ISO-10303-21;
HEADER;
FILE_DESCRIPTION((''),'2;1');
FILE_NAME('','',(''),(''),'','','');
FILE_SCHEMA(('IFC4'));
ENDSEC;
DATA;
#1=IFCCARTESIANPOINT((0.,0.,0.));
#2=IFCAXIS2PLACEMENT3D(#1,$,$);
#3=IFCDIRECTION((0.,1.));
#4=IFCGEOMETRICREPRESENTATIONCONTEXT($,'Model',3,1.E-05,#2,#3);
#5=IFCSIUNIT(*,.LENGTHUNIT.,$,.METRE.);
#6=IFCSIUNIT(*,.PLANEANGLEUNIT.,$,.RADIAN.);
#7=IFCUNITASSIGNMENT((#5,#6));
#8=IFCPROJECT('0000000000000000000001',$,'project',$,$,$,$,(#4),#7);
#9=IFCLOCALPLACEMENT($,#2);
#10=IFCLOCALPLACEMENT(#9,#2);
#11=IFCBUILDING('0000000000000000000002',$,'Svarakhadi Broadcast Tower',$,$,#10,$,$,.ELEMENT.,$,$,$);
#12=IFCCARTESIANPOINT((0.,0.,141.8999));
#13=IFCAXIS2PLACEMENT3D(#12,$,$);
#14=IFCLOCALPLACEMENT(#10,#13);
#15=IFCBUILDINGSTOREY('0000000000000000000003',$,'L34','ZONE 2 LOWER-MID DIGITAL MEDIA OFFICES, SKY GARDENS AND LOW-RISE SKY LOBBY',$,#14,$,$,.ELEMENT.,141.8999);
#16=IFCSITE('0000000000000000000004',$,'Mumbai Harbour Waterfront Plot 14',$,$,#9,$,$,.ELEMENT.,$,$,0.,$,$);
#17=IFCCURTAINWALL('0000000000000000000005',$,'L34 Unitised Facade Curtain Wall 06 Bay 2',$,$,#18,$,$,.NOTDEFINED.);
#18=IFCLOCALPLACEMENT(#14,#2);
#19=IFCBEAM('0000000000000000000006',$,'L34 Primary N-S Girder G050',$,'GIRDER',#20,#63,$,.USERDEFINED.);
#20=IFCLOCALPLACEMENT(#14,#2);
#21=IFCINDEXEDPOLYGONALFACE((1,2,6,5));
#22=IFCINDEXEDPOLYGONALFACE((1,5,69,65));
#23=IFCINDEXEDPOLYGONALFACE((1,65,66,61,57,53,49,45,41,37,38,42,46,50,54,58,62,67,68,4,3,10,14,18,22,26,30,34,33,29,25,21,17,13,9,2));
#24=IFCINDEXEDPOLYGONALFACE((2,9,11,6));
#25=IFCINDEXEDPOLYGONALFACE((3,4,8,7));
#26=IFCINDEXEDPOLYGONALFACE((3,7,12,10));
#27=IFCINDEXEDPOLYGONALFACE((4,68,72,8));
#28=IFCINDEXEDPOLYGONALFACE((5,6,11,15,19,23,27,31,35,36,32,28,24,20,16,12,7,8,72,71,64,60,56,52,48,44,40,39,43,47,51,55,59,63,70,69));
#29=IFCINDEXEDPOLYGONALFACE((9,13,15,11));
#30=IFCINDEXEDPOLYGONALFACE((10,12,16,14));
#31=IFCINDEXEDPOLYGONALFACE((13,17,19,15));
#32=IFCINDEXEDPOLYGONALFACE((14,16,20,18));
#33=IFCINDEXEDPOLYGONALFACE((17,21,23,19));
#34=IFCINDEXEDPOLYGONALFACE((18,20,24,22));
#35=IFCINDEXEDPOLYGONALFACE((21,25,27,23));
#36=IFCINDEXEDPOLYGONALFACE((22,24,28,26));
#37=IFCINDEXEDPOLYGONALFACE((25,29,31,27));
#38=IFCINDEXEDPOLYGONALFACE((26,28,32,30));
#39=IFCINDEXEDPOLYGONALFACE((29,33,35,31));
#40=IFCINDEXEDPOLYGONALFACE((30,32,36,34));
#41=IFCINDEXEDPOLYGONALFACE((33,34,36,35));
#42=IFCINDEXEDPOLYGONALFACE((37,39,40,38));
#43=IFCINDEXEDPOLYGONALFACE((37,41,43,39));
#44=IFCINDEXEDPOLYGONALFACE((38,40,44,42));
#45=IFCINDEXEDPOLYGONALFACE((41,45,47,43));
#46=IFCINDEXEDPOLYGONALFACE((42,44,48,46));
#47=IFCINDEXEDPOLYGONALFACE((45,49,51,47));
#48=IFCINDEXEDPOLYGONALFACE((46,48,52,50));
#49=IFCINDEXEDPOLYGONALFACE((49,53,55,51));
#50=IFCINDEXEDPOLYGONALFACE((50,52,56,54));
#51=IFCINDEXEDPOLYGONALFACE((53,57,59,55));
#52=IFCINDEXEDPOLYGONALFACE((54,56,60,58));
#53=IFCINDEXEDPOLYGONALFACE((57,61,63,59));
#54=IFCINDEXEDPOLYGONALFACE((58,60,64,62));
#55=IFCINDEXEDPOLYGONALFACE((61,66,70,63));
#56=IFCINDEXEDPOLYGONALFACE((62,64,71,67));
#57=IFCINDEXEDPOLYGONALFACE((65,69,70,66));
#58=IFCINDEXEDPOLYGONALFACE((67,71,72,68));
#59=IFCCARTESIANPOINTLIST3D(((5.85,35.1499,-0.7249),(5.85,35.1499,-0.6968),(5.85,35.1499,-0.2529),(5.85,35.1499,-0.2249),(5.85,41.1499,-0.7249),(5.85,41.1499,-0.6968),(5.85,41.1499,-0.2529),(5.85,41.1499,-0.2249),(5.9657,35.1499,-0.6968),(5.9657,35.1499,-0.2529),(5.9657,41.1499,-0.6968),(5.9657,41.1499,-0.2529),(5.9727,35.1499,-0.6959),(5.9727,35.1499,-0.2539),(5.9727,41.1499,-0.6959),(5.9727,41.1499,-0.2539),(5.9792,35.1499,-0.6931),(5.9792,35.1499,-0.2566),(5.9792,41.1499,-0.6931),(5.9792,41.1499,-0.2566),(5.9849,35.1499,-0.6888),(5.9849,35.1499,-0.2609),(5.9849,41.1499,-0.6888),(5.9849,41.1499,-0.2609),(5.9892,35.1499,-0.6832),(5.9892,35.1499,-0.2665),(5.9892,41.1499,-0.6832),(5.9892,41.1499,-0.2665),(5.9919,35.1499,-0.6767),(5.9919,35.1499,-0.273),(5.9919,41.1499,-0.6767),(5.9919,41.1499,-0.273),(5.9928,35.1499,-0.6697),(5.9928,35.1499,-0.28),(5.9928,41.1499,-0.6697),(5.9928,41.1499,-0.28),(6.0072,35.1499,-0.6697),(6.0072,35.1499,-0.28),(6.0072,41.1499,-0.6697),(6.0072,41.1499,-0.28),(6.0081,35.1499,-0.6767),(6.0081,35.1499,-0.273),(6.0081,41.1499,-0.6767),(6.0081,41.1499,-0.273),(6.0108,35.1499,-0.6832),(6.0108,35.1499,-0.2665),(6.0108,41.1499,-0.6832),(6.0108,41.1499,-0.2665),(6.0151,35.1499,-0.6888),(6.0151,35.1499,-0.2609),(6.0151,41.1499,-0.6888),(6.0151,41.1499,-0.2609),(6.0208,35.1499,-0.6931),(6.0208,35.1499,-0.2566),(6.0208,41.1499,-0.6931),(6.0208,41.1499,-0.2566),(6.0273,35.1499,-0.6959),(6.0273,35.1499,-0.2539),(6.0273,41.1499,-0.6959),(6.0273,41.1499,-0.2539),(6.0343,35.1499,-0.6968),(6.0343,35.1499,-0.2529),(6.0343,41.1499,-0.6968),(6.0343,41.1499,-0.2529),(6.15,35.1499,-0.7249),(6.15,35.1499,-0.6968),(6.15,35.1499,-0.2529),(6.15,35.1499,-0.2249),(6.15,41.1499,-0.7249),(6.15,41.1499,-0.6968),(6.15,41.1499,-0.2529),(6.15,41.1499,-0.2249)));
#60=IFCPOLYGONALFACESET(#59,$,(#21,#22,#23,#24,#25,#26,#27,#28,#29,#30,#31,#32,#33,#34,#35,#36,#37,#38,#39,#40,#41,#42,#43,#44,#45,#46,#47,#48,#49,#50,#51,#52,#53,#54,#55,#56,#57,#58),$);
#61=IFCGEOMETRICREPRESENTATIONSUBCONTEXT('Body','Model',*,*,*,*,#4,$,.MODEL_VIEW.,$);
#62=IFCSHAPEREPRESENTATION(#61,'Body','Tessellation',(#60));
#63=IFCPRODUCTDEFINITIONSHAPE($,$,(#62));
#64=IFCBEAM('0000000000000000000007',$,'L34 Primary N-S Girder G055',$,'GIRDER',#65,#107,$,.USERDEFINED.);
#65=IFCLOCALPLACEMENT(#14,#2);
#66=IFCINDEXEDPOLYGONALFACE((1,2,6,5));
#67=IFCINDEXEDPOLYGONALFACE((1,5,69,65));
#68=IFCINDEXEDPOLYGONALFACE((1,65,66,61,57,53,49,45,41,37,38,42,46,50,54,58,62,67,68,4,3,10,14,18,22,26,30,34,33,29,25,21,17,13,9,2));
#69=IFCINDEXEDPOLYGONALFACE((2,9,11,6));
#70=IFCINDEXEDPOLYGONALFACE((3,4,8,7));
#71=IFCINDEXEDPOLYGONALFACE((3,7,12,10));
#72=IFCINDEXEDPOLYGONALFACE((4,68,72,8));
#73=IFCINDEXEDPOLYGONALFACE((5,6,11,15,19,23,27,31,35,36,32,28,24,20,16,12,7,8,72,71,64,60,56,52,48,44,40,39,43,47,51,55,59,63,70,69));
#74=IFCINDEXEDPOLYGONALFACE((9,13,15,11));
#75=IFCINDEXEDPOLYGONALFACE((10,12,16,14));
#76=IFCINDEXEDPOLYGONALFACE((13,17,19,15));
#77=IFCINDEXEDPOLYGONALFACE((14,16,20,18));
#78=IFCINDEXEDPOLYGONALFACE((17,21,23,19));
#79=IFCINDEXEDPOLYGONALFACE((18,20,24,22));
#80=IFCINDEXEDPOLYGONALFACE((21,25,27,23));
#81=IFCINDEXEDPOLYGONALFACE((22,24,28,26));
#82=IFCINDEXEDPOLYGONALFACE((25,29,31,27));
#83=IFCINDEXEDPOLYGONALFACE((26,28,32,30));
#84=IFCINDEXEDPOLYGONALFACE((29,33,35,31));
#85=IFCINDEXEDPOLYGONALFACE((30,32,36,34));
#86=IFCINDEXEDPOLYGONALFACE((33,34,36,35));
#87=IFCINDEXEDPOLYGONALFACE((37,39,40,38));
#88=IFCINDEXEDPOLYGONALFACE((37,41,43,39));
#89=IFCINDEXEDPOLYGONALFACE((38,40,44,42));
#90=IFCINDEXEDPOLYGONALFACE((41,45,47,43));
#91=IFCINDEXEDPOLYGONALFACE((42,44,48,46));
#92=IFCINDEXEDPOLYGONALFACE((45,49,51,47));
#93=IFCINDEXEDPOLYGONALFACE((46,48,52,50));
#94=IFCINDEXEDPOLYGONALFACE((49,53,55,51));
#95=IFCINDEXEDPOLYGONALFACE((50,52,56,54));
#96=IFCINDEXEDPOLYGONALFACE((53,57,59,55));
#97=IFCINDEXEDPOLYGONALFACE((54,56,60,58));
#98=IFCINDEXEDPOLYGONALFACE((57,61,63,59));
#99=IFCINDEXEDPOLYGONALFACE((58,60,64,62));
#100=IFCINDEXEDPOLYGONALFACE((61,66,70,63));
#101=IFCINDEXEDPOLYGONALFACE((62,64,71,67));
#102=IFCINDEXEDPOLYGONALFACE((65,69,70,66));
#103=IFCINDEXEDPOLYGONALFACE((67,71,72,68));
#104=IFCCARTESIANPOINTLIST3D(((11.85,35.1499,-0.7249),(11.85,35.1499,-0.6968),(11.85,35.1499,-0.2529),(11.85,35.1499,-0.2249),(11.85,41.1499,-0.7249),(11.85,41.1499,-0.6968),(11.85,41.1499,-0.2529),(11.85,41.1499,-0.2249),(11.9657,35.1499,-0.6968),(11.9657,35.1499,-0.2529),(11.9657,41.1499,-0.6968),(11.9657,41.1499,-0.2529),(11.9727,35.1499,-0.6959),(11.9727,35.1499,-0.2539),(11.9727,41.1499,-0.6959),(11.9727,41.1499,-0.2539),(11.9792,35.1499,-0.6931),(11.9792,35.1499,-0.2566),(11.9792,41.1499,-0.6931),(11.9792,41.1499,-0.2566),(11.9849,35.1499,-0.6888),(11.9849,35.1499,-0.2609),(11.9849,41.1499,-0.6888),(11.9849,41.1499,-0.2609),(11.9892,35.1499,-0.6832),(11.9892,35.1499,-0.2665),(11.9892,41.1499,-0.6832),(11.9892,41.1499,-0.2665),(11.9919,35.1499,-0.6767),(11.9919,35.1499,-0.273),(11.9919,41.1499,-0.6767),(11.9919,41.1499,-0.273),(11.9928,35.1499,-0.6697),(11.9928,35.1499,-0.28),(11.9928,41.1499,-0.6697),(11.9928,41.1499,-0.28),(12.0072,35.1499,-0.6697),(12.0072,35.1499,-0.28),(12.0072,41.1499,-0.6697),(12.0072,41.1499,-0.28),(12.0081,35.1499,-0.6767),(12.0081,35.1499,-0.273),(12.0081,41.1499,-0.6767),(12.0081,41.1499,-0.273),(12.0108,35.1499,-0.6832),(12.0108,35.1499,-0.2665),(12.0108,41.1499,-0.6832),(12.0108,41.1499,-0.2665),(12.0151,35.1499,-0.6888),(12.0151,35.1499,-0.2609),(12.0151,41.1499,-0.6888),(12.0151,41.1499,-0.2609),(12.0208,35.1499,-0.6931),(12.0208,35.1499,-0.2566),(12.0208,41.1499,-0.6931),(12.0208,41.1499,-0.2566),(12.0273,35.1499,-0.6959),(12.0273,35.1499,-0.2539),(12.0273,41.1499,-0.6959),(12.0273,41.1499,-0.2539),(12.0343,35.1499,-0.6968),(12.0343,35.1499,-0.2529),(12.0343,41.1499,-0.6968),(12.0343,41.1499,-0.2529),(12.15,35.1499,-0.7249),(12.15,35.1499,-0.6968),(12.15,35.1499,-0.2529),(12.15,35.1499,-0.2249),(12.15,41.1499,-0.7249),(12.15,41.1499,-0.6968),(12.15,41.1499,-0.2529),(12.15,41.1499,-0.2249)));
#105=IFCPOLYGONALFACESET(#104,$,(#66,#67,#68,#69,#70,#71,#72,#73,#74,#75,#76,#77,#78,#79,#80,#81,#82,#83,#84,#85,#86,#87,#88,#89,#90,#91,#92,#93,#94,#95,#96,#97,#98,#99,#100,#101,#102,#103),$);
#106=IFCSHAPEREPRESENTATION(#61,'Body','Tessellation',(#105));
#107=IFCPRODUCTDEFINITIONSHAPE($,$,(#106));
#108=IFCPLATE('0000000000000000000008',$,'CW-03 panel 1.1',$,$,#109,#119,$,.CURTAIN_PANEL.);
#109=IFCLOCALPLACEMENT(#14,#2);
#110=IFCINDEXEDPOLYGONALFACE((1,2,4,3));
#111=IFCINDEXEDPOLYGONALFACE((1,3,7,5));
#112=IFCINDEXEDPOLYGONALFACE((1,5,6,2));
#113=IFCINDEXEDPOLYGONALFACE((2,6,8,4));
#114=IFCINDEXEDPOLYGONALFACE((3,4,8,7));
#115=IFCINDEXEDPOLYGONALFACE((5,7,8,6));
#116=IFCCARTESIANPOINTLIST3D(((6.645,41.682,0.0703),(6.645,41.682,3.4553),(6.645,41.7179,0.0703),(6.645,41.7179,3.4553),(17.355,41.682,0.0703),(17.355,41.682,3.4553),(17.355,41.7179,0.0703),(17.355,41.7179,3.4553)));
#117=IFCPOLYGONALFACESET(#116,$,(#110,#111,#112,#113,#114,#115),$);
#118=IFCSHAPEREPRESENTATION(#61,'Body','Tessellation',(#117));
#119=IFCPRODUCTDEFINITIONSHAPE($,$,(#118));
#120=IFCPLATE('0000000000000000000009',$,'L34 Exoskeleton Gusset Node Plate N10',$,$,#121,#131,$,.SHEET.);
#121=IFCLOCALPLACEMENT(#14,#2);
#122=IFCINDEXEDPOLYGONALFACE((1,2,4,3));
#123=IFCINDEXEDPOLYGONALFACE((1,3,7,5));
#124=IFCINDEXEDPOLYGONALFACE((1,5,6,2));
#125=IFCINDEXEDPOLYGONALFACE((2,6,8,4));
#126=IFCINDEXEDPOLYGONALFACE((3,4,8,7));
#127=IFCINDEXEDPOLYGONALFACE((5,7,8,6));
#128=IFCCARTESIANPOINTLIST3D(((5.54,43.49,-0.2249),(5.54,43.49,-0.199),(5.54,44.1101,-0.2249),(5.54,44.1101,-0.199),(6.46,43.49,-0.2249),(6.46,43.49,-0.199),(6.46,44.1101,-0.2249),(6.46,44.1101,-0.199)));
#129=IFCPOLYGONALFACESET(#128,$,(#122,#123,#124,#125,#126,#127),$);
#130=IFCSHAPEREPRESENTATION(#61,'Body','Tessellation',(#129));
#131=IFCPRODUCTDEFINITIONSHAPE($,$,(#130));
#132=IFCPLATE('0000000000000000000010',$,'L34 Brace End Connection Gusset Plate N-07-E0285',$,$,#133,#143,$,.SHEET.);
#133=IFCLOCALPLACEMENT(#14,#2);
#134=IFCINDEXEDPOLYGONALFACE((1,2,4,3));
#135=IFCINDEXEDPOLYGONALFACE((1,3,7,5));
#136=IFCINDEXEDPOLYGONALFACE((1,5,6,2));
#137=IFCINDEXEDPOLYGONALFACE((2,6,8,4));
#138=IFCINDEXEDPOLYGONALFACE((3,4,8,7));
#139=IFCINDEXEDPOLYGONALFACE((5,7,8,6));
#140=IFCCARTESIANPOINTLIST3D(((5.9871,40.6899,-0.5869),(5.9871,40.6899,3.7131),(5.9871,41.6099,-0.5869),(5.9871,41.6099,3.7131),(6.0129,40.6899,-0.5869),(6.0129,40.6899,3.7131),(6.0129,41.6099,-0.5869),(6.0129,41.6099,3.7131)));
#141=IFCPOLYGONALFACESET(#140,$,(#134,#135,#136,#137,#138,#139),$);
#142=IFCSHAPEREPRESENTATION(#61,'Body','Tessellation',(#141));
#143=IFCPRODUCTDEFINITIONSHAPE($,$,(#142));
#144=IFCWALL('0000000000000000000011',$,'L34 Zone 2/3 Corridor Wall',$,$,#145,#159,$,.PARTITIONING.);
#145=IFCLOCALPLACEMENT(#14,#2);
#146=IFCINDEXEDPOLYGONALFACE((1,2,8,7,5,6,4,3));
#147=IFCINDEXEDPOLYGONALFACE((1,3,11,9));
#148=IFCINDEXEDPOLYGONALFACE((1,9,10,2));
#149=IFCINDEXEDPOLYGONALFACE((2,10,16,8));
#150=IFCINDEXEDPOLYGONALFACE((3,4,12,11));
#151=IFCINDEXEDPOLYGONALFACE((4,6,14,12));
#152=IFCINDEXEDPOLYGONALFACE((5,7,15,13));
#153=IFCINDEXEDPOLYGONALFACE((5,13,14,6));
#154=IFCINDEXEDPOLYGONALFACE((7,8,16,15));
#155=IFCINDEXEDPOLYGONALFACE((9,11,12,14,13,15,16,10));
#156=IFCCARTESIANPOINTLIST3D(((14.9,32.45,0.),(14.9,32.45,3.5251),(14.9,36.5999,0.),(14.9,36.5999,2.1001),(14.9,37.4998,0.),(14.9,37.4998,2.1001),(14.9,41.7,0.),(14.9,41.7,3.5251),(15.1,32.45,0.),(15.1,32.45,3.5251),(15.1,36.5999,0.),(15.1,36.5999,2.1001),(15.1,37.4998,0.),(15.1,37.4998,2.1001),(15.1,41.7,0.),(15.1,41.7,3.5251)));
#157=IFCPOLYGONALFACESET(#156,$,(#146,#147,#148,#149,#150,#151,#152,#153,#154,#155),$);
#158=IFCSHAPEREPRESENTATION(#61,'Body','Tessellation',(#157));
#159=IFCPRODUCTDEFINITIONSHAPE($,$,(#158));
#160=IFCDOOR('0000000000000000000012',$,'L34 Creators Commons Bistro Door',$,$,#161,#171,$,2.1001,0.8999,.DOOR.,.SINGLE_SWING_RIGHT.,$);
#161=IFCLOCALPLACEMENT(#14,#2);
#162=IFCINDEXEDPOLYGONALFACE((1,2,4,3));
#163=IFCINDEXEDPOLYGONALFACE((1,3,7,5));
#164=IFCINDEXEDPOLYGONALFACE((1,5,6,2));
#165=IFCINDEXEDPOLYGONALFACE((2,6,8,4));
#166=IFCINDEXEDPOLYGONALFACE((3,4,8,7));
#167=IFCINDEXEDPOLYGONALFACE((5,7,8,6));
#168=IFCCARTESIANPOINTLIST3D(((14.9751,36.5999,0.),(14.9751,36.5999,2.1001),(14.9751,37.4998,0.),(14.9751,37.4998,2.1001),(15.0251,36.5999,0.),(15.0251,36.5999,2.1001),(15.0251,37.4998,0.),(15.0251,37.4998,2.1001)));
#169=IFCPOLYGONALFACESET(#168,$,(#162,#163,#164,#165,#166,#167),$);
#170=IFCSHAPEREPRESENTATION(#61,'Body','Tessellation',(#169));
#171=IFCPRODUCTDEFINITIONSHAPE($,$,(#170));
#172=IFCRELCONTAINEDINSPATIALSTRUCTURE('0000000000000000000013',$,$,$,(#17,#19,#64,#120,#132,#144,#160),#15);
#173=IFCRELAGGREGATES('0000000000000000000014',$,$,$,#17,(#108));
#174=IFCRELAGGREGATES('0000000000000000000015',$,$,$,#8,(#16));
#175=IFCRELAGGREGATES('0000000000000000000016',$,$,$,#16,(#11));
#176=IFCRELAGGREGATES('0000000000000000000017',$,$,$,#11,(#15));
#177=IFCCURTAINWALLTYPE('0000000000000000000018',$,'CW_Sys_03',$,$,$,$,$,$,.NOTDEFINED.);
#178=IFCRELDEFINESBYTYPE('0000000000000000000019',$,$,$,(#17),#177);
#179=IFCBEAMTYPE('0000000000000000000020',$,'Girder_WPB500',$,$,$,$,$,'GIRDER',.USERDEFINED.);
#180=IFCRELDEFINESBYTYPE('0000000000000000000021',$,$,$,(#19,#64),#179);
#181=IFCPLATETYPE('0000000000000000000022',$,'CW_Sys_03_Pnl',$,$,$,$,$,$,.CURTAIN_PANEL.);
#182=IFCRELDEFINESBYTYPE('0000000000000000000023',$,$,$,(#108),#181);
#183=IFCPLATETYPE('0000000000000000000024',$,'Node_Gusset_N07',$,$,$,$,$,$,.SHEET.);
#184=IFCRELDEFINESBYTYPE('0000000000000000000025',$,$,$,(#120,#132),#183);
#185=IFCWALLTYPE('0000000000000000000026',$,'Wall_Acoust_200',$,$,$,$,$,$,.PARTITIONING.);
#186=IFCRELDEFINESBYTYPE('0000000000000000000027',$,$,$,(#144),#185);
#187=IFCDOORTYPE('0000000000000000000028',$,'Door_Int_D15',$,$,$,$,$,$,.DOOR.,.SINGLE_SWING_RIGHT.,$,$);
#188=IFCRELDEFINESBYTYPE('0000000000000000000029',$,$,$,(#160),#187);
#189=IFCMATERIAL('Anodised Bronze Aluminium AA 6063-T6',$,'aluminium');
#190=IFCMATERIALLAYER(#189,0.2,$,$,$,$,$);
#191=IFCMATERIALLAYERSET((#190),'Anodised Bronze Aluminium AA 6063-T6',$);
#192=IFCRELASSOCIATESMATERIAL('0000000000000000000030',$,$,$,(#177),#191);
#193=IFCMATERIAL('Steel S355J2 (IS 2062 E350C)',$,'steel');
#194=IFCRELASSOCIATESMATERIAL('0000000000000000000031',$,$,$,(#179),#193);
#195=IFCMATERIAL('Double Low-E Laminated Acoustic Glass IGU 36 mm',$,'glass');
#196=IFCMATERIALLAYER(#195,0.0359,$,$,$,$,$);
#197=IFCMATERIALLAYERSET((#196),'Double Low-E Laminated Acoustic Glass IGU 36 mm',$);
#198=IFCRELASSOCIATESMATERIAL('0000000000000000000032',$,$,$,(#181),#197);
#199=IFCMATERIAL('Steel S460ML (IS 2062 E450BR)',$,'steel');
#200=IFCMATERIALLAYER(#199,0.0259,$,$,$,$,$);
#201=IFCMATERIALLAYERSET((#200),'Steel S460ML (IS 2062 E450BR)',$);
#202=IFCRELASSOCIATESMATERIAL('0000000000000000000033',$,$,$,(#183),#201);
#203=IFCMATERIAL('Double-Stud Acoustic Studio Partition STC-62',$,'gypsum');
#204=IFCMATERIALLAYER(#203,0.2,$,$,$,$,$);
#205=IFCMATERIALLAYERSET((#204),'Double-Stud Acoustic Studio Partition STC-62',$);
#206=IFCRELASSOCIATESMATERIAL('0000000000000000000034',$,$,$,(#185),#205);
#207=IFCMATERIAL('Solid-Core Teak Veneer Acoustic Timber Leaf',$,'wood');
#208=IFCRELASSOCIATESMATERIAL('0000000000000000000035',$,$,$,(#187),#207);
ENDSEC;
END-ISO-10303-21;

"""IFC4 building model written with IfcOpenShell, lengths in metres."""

from ifc_helpers import new_model, si_unit, direction, frame, frame_2d, origin, origin_2d, place, context, subcontext, project, spatial, rectangle, i_section, extrude, material, layer, layer_set, material_profile, profile_set, type_object, element, fill, aggregate, save


model = new_model("IFC4")

# Units and contexts
model_context = context("Model", 3, precision=1e-05, world=origin(), true_north=direction((0.0, 1.0)))
body_context = subcontext(model_context, "Body", "Model", "MODEL_VIEW")
ifc_project = project(units=[si_unit("LENGTHUNIT", "METRE"), si_unit("PLANEANGLEUNIT", "RADIAN")], contexts=[model_context])

# Site, building, storey
site_placement = place(None, origin())
site = spatial("IfcSite", under=ifc_project, at=site_placement, Name="Mumbai Harbour Waterfront Plot 14", CompositionType="ELEMENT", RefElevation=0.0)
building_placement = place(site_placement, origin())
building = spatial("IfcBuilding", under=site, at=building_placement, Name="Svarakhadi Broadcast Tower", CompositionType="ELEMENT")
storey_placement = place(building_placement, frame((0.0, 0.0, 141.8999)))
storey = spatial("IfcBuildingStorey", under=building, at=storey_placement, Name="L34", Description="ZONE 2 LOWER-MID DIGITAL MEDIA OFFICES, SKY GARDENS AND LOW-RISE SKY LOBBY", CompositionType="ELEMENT", Elevation=141.8999)

# Shared definitions
ifc_material_1 = material(Name="Steel S460ML (IS 2062 E450BR)", Category="steel")

# Shared definitions
ifc_material_2 = material(Name="Steel S355J2 (IS 2062 E350C)", Category="steel")

# Curtain wall
ifc_material_3 = material(Name="Anodised Bronze Aluminium AA 6063-T6", Category="aluminium")
ifc_layer_1 = layer(ifc_material_3, 0.2)
ifc_layer_set_1 = layer_set([ifc_layer_1], Name="Anodised Bronze Aluminium AA 6063-T6")
curtain_wall_type = type_object("IfcCurtainWallType", Name="CW_Sys_03", PredefinedType="NOTDEFINED", material=ifc_layer_set_1)
curtain_wall_placement = place(storey_placement, origin())
curtain_wall = element("IfcCurtainWall", 1, at=curtain_wall_placement, inside=storey, type_object=curtain_wall_type, Name="L34 Unitised Facade Curtain Wall 06 Bay 2", PredefinedType="NOTDEFINED")

# Beams
ifc_material_profile_1 = material_profile(ifc_material_2, i_section(OverallWidth=0.3, OverallDepth=0.5, WebThickness=0.0144, FlangeThickness=0.0281, FilletRadius=0.0271, at=origin_2d()), Name="WPB 500x300x187")
ifc_profile_set_1 = profile_set([ifc_material_profile_1], Name="Steel S355J2 (IS 2062 E350C)")
beam_type_1 = type_object("IfcBeamType", Name="Girder_WPB500", ElementType="GIRDER", PredefinedType="USERDEFINED", material=ifc_profile_set_1)
for number, where, z_axis, x_axis, name in (
    (2, (6.0, 35.1499, -0.4749), (0.0, 1.0, 0.0), (-1.0, 0.0, 0.0), "L34 Primary N-S Girder G050"),
    (3, (12.0, 35.1499, -0.4749), (0.0, 1.0, 0.0), (-1.0, 0.0, 0.0), "L34 Primary N-S Girder G055"),
):
    element("IfcBeam", number, at=place(storey_placement, frame(where, z_axis=z_axis, x_axis=x_axis)), inside=storey, type_object=beam_type_1, Name=name, ObjectType="GIRDER", PredefinedType="USERDEFINED", context=body_context, shape_type="SweptSolid", body=[
        extrude(i_section(OverallWidth=0.3, OverallDepth=0.5, WebThickness=0.0144, FlangeThickness=0.0281, FilletRadius=0.0271, at=origin_2d()), origin(), (0.0, 0.0, 1.0), 6.0),
    ])

# Plate
ifc_material_4 = material(Name="Double Low-E Laminated Acoustic Glass IGU 36 mm", Category="glass")
ifc_layer_2 = layer(ifc_material_4, 0.0359)
ifc_layer_set_2 = layer_set([ifc_layer_2], Name="Double Low-E Laminated Acoustic Glass IGU 36 mm")
plate_type_1 = type_object("IfcPlateType", Name="CW_Sys_03_Pnl", PredefinedType="CURTAIN_PANEL", material=ifc_layer_set_2)
plate_1_placement = place(storey_placement, frame((12.0, 41.7, 0.0703), z_axis=(0.0, 0.0, 1.0), x_axis=(1.0, 0.0, 0.0)))
plate_1 = element("IfcPlate", 4, at=plate_1_placement, type_object=plate_type_1, Name="CW-03 panel 1.1", PredefinedType="CURTAIN_PANEL", context=body_context, shape_type="SweptSolid", body=[
    extrude(rectangle(XDim=10.71, YDim=0.0359, at=origin_2d()), origin(), (0.0, 0.0, 1.0), 3.385),
])
aggregate(curtain_wall, [plate_1])

# Plates
ifc_layer_3 = layer(ifc_material_1, 0.0259)
ifc_layer_set_3 = layer_set([ifc_layer_3], Name="Steel S460ML (IS 2062 E450BR)")
plate_type_2 = type_object("IfcPlateType", Name="Node_Gusset_N07", PredefinedType="SHEET", material=ifc_layer_set_3)
plate_2_placement = place(storey_placement, frame((6.0, 43.8, -0.2249), z_axis=(0.0, 0.0, 1.0), x_axis=(1.0, 0.0, 0.0)))
element("IfcPlate", 5, at=plate_2_placement, inside=storey, type_object=plate_type_2, Name="L34 Exoskeleton Gusset Node Plate N10", PredefinedType="SHEET", context=body_context, shape_type="SweptSolid", body=[
    extrude(rectangle(XDim=0.9199, YDim=0.6201, at=origin_2d()), origin(), (0.0, 0.0, 1.0), 0.0259),
])
plate_3_placement = place(storey_placement, frame((6.0, 41.1499, -0.5869), z_axis=(0.0, 0.0, 1.0), x_axis=(0.0, 1.0, 0.0)))
element("IfcPlate", 6, at=plate_3_placement, inside=storey, type_object=plate_type_2, Name="L34 Brace End Connection Gusset Plate N-07-E0285", PredefinedType="SHEET", context=body_context, shape_type="SweptSolid", body=[
    extrude(rectangle(XDim=0.9199, YDim=0.0259, at=origin_2d()), origin(), (0.0, 0.0, 1.0), 4.3),
])

# Wall, opening, door
ifc_material_5 = material(Name="Double-Stud Acoustic Studio Partition STC-62", Category="gypsum")
ifc_layer_4 = layer(ifc_material_5, 0.2)
ifc_layer_set_4 = layer_set([ifc_layer_4], Name="Double-Stud Acoustic Studio Partition STC-62")
wall_type_1 = type_object("IfcWallType", Name="Wall_Acoust_200", PredefinedType="PARTITIONING", material=ifc_layer_set_4)
wall_1_placement = place(storey_placement, frame((15.0, 32.45, 0.0), z_axis=(0.0, 0.0, 1.0), x_axis=(0.0, 1.0, 0.0)))
wall_1 = element("IfcWall", 7, at=wall_1_placement, inside=storey, type_object=wall_type_1, Name="L34 Zone 2/3 Corridor Wall", PredefinedType="PARTITIONING", context=body_context, shape_type="SweptSolid", body=[
    extrude(rectangle(XDim=9.25, YDim=0.2, at=frame_2d((4.625, 0.0))), origin(), (0.0, 0.0, 1.0), 3.5251),
])
opening_1_placement = place(wall_1_placement, frame((4.1499, 0.0, 0.0)))
opening_1 = element("IfcOpeningElement", 8, at=opening_1_placement, cuts=wall_1, PredefinedType="OPENING", context=body_context, shape_type="SweptSolid", body=[
    extrude(rectangle(XDim=0.8999, YDim=2.1001, at=frame_2d((0.45, 1.05))), frame((0.0, 0.1099, 0.0), z_axis=(0.0, -1.0, 0.0), x_axis=(1.0, 0.0, 0.0)), (0.0, 0.0, 1.0), 0.22),
])
ifc_material_6 = material(Name="Solid-Core Teak Veneer Acoustic Timber Leaf", Category="wood")
door_type_1 = type_object("IfcDoorType", Name="Door_Int_D15", OperationType="SINGLE_SWING_RIGHT", PredefinedType="DOOR", material=ifc_material_6)
door_1_placement = place(opening_1_placement, origin())
door_1 = element("IfcDoor", 9, at=door_1_placement, inside=storey, type_object=door_type_1, Name="L34 Creators Commons Bistro Door", OperationType="SINGLE_SWING_RIGHT", OverallHeight=2.1001, OverallWidth=0.8999, PredefinedType="DOOR", context=body_context, shape_type="SweptSolid", body=[
    extrude(rectangle(XDim=0.8999, YDim=2.1001, at=frame_2d((0.45, 1.05))), frame((0.0, 0.0249, 0.0), z_axis=(0.0, -1.0, 0.0), x_axis=(1.0, 0.0, 0.0)), (0.0, 0.0, 1.0), 0.05),
])
fill(opening_1, door_1)

save(model, "model.ifc")
